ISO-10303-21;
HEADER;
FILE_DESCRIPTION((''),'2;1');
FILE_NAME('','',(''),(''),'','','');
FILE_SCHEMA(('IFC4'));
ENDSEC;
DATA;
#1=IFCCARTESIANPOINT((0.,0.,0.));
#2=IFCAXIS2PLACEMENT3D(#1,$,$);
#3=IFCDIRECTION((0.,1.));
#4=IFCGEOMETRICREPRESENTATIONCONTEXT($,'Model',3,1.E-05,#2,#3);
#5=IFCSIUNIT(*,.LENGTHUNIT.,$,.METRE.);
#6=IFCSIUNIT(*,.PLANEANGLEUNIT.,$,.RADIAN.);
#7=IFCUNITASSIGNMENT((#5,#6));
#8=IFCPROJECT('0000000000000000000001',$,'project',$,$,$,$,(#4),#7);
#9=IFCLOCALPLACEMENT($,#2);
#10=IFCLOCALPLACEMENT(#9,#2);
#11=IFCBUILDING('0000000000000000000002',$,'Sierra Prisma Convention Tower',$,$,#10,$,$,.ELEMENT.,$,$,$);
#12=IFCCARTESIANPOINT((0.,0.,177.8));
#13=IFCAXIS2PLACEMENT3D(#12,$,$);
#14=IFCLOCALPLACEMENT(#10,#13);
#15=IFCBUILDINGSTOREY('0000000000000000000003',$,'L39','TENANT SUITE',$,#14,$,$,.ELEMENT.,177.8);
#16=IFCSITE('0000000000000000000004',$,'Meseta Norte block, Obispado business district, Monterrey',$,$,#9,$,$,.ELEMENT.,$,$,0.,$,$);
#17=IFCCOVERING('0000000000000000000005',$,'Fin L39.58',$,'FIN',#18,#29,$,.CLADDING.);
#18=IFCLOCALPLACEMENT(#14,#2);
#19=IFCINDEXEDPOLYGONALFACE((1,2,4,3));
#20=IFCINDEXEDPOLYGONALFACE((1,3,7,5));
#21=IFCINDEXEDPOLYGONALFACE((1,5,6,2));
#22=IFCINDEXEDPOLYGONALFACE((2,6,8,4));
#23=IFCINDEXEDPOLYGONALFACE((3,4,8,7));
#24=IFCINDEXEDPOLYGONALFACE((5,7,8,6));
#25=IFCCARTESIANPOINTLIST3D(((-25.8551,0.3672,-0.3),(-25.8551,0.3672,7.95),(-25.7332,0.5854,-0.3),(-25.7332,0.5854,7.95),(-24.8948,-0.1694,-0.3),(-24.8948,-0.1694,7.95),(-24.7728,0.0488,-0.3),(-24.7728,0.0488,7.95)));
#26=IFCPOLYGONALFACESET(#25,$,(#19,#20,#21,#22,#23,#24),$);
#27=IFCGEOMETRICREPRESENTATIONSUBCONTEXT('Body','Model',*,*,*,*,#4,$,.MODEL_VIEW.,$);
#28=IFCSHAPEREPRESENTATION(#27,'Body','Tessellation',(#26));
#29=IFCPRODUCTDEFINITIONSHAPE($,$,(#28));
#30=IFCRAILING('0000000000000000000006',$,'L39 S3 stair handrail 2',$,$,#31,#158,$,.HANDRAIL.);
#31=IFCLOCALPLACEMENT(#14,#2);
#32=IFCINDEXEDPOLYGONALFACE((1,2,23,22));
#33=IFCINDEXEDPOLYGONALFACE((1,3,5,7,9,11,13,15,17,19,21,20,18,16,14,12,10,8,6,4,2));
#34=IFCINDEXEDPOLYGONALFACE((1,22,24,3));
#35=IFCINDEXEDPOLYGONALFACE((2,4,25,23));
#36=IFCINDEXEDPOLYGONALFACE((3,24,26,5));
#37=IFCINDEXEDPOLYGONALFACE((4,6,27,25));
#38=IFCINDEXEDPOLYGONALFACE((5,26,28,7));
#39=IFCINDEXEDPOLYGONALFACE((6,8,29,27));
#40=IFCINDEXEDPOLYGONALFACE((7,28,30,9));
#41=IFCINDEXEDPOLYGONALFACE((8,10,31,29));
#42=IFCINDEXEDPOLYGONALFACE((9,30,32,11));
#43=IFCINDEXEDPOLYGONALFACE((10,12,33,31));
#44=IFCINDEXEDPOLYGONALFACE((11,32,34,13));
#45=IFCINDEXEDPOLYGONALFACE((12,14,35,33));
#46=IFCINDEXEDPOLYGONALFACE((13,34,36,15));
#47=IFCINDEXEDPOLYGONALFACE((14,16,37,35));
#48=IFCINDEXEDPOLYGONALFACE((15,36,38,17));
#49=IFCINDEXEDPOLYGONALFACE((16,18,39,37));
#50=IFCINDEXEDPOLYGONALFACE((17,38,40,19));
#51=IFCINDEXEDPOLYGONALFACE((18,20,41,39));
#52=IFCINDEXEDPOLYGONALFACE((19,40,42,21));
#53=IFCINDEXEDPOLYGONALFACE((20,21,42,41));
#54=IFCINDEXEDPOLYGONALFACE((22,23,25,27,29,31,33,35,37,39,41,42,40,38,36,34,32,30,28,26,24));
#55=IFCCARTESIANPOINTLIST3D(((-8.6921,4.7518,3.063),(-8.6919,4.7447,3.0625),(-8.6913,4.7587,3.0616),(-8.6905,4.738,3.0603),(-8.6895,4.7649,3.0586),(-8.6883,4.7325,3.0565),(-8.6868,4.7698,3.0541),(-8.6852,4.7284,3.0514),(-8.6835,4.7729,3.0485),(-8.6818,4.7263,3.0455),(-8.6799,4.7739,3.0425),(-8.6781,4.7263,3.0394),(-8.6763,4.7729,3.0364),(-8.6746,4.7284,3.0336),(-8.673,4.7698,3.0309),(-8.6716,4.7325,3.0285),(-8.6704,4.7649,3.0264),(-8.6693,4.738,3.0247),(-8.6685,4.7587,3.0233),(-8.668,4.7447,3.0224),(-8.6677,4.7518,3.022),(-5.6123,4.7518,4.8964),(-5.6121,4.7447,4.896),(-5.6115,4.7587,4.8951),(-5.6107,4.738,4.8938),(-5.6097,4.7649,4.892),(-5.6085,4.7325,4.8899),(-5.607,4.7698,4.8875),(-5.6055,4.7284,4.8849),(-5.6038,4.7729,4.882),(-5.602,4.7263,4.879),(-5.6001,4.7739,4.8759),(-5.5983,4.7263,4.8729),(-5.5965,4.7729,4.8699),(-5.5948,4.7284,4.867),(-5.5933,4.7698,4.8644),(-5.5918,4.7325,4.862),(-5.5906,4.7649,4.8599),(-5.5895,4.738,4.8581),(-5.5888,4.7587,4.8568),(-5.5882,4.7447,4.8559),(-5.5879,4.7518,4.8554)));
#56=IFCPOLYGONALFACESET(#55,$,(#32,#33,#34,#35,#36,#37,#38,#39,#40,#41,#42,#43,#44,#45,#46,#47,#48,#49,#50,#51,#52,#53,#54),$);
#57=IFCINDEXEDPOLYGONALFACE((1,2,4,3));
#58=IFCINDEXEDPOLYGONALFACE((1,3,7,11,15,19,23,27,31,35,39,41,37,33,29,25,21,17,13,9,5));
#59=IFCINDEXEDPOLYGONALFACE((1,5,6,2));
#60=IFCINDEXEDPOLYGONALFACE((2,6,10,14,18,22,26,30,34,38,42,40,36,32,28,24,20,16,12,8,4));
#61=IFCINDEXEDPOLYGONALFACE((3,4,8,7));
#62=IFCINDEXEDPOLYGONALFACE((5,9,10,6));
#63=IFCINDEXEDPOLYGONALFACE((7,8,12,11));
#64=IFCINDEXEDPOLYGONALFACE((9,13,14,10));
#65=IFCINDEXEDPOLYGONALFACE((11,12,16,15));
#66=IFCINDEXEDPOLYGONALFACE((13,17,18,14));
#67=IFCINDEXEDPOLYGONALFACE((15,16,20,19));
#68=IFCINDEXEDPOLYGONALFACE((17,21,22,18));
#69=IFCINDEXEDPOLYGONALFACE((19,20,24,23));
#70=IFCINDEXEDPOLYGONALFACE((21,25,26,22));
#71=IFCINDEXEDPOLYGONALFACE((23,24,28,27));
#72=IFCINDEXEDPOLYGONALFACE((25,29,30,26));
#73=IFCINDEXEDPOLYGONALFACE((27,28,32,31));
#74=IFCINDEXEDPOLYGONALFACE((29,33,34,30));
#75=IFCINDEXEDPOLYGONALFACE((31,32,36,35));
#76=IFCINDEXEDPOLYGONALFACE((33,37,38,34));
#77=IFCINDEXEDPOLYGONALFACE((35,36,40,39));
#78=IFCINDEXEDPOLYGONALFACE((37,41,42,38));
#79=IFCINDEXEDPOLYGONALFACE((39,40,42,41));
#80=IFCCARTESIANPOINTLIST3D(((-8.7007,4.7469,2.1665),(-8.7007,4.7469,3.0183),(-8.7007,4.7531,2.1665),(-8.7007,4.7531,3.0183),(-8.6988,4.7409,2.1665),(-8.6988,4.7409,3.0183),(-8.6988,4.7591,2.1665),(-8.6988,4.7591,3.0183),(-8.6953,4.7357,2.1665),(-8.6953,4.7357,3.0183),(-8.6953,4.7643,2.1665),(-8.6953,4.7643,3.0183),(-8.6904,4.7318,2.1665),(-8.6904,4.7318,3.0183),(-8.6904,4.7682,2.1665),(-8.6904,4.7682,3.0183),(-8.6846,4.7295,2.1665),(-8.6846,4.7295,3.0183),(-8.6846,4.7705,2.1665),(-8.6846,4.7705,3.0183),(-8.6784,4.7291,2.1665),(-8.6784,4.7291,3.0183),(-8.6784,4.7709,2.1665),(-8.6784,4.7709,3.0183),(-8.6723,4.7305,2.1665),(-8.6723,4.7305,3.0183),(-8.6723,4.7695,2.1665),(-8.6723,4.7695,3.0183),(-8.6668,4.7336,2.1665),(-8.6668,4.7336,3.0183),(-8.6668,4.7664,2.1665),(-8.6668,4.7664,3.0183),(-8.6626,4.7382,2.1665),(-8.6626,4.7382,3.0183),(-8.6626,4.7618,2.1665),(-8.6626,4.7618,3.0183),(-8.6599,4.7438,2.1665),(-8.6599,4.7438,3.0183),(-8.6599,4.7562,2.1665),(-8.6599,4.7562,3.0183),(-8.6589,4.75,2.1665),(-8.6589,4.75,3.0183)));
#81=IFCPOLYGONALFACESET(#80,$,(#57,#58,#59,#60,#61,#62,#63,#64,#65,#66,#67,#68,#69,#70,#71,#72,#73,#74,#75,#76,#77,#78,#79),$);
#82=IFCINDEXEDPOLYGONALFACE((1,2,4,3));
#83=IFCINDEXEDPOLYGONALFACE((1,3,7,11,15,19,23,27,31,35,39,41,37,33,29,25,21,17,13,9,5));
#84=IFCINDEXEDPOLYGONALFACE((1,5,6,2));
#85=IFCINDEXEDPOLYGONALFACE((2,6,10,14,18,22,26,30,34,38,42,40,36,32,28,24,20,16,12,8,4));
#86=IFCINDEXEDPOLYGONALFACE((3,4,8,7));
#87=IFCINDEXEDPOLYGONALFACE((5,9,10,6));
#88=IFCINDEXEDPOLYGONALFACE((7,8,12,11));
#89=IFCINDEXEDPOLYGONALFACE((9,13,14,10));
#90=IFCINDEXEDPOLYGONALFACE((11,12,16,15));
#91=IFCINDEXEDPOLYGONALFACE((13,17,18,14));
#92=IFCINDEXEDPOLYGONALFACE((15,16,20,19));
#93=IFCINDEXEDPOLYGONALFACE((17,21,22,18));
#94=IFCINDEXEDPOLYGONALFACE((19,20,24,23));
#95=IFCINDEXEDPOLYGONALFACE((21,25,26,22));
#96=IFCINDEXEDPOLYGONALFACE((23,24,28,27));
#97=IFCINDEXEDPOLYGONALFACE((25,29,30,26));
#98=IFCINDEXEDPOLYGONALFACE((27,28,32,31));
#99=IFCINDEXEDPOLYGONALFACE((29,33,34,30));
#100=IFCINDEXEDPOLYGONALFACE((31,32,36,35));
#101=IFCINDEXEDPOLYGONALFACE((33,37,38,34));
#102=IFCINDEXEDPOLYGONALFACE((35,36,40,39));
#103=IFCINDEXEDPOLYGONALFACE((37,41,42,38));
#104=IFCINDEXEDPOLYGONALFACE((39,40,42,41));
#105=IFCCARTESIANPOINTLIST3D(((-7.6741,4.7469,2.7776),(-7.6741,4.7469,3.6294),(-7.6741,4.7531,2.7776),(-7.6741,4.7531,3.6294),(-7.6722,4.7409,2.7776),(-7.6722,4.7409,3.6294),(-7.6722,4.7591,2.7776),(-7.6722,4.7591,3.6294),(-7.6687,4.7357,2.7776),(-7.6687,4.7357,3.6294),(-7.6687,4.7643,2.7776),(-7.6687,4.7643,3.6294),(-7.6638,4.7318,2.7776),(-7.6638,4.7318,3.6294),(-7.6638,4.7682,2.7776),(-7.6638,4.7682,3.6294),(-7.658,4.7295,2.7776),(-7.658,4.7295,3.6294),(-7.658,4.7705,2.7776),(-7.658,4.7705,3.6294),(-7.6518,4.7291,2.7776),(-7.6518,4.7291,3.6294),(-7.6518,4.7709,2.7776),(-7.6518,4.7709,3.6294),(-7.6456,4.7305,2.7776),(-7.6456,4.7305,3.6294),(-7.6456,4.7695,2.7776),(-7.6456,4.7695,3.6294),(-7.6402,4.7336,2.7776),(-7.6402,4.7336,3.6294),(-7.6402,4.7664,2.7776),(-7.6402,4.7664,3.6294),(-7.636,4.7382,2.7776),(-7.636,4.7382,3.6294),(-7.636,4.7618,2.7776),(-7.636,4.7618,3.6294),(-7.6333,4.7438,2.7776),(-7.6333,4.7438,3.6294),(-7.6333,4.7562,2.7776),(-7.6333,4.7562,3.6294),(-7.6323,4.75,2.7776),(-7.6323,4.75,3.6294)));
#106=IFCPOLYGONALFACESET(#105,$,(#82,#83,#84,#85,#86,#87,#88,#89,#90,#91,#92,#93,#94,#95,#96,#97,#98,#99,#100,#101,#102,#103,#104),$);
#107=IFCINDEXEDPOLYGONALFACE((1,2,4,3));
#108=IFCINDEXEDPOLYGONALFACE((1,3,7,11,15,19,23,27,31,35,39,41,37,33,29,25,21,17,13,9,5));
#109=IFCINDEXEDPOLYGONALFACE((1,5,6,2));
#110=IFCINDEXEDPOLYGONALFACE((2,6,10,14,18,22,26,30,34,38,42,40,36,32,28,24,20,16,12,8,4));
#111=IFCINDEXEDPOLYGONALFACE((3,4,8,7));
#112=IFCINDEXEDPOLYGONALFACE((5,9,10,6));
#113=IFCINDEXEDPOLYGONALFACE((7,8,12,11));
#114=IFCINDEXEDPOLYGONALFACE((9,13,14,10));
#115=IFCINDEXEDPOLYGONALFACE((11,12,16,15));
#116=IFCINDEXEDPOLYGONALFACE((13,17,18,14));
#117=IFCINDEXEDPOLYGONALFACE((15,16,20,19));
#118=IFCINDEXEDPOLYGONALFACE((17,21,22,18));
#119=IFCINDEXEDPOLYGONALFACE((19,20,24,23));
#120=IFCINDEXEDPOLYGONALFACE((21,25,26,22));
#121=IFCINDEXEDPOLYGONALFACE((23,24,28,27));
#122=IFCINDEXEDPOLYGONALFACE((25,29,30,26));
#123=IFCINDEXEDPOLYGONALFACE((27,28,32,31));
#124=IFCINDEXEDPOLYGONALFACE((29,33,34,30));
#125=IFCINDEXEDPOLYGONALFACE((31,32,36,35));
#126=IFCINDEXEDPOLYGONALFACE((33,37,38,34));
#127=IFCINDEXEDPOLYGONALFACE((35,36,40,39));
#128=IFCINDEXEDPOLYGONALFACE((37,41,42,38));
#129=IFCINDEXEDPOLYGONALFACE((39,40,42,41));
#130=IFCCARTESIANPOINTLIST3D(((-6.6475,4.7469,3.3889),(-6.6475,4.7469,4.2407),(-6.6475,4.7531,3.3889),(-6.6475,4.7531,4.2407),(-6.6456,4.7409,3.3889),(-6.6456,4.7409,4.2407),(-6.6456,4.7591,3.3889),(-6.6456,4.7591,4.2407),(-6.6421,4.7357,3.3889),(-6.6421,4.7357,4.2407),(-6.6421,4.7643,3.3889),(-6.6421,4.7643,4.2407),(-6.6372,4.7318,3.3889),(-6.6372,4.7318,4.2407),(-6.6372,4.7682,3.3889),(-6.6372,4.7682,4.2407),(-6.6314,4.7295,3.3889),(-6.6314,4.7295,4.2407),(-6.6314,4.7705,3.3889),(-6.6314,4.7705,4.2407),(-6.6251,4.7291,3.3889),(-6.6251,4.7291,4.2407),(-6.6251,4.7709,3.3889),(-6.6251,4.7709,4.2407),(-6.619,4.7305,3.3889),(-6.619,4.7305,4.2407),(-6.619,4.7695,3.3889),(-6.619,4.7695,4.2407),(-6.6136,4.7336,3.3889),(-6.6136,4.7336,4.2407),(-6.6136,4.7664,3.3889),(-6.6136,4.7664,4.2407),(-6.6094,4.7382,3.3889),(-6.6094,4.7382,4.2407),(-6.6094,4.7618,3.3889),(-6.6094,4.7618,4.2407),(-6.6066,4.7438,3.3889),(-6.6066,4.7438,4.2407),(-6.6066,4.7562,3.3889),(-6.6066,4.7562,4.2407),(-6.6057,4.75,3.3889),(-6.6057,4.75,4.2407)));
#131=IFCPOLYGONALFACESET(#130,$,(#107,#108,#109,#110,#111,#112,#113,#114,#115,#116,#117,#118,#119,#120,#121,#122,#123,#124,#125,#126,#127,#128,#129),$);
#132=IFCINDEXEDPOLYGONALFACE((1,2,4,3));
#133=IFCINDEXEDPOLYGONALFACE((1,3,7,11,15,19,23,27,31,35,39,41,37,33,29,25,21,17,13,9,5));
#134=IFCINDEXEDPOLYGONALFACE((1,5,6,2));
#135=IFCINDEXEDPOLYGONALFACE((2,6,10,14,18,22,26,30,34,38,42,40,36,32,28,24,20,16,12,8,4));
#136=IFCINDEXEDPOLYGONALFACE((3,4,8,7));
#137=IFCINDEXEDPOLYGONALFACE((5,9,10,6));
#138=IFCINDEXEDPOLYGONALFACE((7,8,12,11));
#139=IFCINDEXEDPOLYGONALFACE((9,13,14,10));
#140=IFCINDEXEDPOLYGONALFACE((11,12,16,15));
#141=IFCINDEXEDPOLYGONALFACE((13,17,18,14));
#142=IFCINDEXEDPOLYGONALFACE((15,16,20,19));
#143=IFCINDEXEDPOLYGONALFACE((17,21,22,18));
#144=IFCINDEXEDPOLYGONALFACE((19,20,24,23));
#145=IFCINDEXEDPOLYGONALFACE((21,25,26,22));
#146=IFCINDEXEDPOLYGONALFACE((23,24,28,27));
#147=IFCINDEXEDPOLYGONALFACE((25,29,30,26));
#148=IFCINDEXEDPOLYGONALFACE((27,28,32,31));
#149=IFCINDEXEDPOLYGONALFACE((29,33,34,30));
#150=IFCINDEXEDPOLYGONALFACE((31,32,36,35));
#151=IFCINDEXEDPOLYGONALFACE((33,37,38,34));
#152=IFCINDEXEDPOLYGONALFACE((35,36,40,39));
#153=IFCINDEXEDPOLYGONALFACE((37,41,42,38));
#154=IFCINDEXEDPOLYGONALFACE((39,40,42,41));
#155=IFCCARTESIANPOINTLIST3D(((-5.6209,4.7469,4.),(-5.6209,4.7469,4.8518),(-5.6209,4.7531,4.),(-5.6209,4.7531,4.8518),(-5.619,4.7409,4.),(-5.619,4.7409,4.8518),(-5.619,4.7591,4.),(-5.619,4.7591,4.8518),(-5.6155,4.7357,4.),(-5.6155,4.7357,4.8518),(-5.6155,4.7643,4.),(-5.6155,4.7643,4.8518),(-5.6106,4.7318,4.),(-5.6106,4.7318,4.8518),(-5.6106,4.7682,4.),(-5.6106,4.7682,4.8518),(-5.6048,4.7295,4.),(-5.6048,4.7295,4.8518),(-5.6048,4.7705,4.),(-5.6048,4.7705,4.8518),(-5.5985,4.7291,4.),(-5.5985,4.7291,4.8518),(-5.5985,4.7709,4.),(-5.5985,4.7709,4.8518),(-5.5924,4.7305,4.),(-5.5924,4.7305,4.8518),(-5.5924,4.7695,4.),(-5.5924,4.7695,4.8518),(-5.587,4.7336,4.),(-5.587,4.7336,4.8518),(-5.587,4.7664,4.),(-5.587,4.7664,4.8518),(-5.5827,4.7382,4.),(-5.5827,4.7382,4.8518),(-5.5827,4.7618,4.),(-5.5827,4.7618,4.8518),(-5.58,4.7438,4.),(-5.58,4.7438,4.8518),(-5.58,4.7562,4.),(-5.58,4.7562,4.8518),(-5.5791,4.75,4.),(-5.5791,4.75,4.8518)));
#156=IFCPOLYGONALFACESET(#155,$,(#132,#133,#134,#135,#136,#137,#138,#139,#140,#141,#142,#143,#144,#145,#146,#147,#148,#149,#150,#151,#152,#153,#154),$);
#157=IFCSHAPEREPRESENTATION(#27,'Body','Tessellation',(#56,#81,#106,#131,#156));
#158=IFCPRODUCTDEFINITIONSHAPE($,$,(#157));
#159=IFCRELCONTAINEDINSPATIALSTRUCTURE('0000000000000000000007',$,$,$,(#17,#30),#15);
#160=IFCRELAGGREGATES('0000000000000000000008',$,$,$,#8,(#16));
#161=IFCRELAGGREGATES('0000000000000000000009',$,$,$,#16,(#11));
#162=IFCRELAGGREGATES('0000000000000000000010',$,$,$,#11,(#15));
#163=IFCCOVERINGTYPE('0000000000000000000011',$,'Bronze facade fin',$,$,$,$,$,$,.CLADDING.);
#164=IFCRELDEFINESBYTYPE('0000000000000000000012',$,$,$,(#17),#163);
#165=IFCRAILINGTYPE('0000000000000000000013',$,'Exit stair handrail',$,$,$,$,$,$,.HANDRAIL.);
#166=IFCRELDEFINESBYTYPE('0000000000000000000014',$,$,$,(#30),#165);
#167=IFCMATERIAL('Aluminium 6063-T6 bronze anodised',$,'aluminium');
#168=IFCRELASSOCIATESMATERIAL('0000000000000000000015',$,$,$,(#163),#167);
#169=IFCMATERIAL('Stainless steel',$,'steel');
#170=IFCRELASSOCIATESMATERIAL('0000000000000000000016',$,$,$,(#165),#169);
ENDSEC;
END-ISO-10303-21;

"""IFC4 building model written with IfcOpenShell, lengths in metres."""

from ifc_helpers import new_model, si_unit, direction, frame, origin, origin_2d, place, context, subcontext, project, spatial, rectangle, circle, extrude, material, material_profile, profile_set, type_object, element, save


model = new_model("IFC4")

# Units and contexts
model_context = context("Model", 3, precision=1e-05, world=origin(), true_north=direction((0.0, 1.0)))
body_context = subcontext(model_context, "Body", "Model", "MODEL_VIEW")
ifc_project = project(units=[si_unit("LENGTHUNIT", "METRE"), si_unit("PLANEANGLEUNIT", "RADIAN")], contexts=[model_context])

# Site, building, storey
site_placement = place(None, origin())
site = spatial("IfcSite", under=ifc_project, at=site_placement, Name="Meseta Norte block, Obispado business district, Monterrey", CompositionType="ELEMENT", RefElevation=0.0)
building_placement = place(site_placement, origin())
building = spatial("IfcBuilding", under=site, at=building_placement, Name="Sierra Prisma Convention Tower", CompositionType="ELEMENT")
storey_placement = place(building_placement, frame((0.0, 0.0, 177.8)))
storey = spatial("IfcBuildingStorey", under=building, at=storey_placement, Name="L39", Description="TENANT SUITE", CompositionType="ELEMENT", Elevation=177.8)

# Covering
ifc_material_1 = material(Name="Aluminium 6063-T6 bronze anodised", Category="aluminium")
ifc_material_profile_1 = material_profile(ifc_material_1, rectangle(XDim=1.1001, YDim=0.25, at=origin_2d()), Name="ALU FIN 1100x250")
ifc_profile_set_1 = profile_set([ifc_material_profile_1], Name="Aluminium 6063-T6 bronze anodised")
covering_type = type_object("IfcCoveringType", Name="Bronze facade fin", PredefinedType="CLADDING", material=ifc_profile_set_1)
for number, where, z_axis, x_axis, name in (
    (1, (-25.314, 0.208, -0.3), (0.0, 0.0, 1.0), (-0.872965, 0.487783, 0.0), "Fin L39.58"),
):
    element("IfcCovering", number, at=place(storey_placement, frame(where, z_axis=z_axis, x_axis=x_axis)), inside=storey, type_object=covering_type, Name=name, ObjectType="FIN", PredefinedType="CLADDING", context=body_context, shape_type="SweptSolid", body=[
        extrude(rectangle(XDim=1.1001, YDim=0.25, at=origin_2d()), origin(), (0.0, 0.0, 1.0), 8.25),
    ])

# Railing
ifc_material_2 = material(Name="Stainless steel", Category="steel")
railing_type_1 = type_object("IfcRailingType", Name="Exit stair handrail", PredefinedType="HANDRAIL", material=ifc_material_2)
railing_1_placement = place(storey_placement, frame((-8.6799, 4.75, 2.1665)))
element("IfcRailing", 2, at=railing_1_placement, inside=storey, type_object=railing_type_1, Name="L39 S3 stair handrail 2", PredefinedType="HANDRAIL", context=body_context, shape_type="SweptSolid", body=[
    extrude(circle(Radius=0.0239, at=origin_2d()), frame((0.0, 0.0, 0.876), z_axis=(0.859261, 0.0, 0.511538), x_axis=(0.0, 1.0, 0.0)), (0.0, 0.0, 1.0), 3.5842),
    extrude(circle(Radius=0.021, at=origin_2d()), origin(), (0.0, 0.0, 1.0), 0.8518),
    extrude(circle(Radius=0.021, at=origin_2d()), frame((1.0266, 0.0, 0.6111)), (0.0, 0.0, 1.0), 0.8518),
    extrude(circle(Radius=0.021, at=origin_2d()), frame((2.0532, 0.0, 1.2224)), (0.0, 0.0, 1.0), 0.8518),
    extrude(circle(Radius=0.021, at=origin_2d()), frame((3.0798, 0.0, 1.8335)), (0.0, 0.0, 1.0), 0.8518),
])

save(model, "model.ifc")
